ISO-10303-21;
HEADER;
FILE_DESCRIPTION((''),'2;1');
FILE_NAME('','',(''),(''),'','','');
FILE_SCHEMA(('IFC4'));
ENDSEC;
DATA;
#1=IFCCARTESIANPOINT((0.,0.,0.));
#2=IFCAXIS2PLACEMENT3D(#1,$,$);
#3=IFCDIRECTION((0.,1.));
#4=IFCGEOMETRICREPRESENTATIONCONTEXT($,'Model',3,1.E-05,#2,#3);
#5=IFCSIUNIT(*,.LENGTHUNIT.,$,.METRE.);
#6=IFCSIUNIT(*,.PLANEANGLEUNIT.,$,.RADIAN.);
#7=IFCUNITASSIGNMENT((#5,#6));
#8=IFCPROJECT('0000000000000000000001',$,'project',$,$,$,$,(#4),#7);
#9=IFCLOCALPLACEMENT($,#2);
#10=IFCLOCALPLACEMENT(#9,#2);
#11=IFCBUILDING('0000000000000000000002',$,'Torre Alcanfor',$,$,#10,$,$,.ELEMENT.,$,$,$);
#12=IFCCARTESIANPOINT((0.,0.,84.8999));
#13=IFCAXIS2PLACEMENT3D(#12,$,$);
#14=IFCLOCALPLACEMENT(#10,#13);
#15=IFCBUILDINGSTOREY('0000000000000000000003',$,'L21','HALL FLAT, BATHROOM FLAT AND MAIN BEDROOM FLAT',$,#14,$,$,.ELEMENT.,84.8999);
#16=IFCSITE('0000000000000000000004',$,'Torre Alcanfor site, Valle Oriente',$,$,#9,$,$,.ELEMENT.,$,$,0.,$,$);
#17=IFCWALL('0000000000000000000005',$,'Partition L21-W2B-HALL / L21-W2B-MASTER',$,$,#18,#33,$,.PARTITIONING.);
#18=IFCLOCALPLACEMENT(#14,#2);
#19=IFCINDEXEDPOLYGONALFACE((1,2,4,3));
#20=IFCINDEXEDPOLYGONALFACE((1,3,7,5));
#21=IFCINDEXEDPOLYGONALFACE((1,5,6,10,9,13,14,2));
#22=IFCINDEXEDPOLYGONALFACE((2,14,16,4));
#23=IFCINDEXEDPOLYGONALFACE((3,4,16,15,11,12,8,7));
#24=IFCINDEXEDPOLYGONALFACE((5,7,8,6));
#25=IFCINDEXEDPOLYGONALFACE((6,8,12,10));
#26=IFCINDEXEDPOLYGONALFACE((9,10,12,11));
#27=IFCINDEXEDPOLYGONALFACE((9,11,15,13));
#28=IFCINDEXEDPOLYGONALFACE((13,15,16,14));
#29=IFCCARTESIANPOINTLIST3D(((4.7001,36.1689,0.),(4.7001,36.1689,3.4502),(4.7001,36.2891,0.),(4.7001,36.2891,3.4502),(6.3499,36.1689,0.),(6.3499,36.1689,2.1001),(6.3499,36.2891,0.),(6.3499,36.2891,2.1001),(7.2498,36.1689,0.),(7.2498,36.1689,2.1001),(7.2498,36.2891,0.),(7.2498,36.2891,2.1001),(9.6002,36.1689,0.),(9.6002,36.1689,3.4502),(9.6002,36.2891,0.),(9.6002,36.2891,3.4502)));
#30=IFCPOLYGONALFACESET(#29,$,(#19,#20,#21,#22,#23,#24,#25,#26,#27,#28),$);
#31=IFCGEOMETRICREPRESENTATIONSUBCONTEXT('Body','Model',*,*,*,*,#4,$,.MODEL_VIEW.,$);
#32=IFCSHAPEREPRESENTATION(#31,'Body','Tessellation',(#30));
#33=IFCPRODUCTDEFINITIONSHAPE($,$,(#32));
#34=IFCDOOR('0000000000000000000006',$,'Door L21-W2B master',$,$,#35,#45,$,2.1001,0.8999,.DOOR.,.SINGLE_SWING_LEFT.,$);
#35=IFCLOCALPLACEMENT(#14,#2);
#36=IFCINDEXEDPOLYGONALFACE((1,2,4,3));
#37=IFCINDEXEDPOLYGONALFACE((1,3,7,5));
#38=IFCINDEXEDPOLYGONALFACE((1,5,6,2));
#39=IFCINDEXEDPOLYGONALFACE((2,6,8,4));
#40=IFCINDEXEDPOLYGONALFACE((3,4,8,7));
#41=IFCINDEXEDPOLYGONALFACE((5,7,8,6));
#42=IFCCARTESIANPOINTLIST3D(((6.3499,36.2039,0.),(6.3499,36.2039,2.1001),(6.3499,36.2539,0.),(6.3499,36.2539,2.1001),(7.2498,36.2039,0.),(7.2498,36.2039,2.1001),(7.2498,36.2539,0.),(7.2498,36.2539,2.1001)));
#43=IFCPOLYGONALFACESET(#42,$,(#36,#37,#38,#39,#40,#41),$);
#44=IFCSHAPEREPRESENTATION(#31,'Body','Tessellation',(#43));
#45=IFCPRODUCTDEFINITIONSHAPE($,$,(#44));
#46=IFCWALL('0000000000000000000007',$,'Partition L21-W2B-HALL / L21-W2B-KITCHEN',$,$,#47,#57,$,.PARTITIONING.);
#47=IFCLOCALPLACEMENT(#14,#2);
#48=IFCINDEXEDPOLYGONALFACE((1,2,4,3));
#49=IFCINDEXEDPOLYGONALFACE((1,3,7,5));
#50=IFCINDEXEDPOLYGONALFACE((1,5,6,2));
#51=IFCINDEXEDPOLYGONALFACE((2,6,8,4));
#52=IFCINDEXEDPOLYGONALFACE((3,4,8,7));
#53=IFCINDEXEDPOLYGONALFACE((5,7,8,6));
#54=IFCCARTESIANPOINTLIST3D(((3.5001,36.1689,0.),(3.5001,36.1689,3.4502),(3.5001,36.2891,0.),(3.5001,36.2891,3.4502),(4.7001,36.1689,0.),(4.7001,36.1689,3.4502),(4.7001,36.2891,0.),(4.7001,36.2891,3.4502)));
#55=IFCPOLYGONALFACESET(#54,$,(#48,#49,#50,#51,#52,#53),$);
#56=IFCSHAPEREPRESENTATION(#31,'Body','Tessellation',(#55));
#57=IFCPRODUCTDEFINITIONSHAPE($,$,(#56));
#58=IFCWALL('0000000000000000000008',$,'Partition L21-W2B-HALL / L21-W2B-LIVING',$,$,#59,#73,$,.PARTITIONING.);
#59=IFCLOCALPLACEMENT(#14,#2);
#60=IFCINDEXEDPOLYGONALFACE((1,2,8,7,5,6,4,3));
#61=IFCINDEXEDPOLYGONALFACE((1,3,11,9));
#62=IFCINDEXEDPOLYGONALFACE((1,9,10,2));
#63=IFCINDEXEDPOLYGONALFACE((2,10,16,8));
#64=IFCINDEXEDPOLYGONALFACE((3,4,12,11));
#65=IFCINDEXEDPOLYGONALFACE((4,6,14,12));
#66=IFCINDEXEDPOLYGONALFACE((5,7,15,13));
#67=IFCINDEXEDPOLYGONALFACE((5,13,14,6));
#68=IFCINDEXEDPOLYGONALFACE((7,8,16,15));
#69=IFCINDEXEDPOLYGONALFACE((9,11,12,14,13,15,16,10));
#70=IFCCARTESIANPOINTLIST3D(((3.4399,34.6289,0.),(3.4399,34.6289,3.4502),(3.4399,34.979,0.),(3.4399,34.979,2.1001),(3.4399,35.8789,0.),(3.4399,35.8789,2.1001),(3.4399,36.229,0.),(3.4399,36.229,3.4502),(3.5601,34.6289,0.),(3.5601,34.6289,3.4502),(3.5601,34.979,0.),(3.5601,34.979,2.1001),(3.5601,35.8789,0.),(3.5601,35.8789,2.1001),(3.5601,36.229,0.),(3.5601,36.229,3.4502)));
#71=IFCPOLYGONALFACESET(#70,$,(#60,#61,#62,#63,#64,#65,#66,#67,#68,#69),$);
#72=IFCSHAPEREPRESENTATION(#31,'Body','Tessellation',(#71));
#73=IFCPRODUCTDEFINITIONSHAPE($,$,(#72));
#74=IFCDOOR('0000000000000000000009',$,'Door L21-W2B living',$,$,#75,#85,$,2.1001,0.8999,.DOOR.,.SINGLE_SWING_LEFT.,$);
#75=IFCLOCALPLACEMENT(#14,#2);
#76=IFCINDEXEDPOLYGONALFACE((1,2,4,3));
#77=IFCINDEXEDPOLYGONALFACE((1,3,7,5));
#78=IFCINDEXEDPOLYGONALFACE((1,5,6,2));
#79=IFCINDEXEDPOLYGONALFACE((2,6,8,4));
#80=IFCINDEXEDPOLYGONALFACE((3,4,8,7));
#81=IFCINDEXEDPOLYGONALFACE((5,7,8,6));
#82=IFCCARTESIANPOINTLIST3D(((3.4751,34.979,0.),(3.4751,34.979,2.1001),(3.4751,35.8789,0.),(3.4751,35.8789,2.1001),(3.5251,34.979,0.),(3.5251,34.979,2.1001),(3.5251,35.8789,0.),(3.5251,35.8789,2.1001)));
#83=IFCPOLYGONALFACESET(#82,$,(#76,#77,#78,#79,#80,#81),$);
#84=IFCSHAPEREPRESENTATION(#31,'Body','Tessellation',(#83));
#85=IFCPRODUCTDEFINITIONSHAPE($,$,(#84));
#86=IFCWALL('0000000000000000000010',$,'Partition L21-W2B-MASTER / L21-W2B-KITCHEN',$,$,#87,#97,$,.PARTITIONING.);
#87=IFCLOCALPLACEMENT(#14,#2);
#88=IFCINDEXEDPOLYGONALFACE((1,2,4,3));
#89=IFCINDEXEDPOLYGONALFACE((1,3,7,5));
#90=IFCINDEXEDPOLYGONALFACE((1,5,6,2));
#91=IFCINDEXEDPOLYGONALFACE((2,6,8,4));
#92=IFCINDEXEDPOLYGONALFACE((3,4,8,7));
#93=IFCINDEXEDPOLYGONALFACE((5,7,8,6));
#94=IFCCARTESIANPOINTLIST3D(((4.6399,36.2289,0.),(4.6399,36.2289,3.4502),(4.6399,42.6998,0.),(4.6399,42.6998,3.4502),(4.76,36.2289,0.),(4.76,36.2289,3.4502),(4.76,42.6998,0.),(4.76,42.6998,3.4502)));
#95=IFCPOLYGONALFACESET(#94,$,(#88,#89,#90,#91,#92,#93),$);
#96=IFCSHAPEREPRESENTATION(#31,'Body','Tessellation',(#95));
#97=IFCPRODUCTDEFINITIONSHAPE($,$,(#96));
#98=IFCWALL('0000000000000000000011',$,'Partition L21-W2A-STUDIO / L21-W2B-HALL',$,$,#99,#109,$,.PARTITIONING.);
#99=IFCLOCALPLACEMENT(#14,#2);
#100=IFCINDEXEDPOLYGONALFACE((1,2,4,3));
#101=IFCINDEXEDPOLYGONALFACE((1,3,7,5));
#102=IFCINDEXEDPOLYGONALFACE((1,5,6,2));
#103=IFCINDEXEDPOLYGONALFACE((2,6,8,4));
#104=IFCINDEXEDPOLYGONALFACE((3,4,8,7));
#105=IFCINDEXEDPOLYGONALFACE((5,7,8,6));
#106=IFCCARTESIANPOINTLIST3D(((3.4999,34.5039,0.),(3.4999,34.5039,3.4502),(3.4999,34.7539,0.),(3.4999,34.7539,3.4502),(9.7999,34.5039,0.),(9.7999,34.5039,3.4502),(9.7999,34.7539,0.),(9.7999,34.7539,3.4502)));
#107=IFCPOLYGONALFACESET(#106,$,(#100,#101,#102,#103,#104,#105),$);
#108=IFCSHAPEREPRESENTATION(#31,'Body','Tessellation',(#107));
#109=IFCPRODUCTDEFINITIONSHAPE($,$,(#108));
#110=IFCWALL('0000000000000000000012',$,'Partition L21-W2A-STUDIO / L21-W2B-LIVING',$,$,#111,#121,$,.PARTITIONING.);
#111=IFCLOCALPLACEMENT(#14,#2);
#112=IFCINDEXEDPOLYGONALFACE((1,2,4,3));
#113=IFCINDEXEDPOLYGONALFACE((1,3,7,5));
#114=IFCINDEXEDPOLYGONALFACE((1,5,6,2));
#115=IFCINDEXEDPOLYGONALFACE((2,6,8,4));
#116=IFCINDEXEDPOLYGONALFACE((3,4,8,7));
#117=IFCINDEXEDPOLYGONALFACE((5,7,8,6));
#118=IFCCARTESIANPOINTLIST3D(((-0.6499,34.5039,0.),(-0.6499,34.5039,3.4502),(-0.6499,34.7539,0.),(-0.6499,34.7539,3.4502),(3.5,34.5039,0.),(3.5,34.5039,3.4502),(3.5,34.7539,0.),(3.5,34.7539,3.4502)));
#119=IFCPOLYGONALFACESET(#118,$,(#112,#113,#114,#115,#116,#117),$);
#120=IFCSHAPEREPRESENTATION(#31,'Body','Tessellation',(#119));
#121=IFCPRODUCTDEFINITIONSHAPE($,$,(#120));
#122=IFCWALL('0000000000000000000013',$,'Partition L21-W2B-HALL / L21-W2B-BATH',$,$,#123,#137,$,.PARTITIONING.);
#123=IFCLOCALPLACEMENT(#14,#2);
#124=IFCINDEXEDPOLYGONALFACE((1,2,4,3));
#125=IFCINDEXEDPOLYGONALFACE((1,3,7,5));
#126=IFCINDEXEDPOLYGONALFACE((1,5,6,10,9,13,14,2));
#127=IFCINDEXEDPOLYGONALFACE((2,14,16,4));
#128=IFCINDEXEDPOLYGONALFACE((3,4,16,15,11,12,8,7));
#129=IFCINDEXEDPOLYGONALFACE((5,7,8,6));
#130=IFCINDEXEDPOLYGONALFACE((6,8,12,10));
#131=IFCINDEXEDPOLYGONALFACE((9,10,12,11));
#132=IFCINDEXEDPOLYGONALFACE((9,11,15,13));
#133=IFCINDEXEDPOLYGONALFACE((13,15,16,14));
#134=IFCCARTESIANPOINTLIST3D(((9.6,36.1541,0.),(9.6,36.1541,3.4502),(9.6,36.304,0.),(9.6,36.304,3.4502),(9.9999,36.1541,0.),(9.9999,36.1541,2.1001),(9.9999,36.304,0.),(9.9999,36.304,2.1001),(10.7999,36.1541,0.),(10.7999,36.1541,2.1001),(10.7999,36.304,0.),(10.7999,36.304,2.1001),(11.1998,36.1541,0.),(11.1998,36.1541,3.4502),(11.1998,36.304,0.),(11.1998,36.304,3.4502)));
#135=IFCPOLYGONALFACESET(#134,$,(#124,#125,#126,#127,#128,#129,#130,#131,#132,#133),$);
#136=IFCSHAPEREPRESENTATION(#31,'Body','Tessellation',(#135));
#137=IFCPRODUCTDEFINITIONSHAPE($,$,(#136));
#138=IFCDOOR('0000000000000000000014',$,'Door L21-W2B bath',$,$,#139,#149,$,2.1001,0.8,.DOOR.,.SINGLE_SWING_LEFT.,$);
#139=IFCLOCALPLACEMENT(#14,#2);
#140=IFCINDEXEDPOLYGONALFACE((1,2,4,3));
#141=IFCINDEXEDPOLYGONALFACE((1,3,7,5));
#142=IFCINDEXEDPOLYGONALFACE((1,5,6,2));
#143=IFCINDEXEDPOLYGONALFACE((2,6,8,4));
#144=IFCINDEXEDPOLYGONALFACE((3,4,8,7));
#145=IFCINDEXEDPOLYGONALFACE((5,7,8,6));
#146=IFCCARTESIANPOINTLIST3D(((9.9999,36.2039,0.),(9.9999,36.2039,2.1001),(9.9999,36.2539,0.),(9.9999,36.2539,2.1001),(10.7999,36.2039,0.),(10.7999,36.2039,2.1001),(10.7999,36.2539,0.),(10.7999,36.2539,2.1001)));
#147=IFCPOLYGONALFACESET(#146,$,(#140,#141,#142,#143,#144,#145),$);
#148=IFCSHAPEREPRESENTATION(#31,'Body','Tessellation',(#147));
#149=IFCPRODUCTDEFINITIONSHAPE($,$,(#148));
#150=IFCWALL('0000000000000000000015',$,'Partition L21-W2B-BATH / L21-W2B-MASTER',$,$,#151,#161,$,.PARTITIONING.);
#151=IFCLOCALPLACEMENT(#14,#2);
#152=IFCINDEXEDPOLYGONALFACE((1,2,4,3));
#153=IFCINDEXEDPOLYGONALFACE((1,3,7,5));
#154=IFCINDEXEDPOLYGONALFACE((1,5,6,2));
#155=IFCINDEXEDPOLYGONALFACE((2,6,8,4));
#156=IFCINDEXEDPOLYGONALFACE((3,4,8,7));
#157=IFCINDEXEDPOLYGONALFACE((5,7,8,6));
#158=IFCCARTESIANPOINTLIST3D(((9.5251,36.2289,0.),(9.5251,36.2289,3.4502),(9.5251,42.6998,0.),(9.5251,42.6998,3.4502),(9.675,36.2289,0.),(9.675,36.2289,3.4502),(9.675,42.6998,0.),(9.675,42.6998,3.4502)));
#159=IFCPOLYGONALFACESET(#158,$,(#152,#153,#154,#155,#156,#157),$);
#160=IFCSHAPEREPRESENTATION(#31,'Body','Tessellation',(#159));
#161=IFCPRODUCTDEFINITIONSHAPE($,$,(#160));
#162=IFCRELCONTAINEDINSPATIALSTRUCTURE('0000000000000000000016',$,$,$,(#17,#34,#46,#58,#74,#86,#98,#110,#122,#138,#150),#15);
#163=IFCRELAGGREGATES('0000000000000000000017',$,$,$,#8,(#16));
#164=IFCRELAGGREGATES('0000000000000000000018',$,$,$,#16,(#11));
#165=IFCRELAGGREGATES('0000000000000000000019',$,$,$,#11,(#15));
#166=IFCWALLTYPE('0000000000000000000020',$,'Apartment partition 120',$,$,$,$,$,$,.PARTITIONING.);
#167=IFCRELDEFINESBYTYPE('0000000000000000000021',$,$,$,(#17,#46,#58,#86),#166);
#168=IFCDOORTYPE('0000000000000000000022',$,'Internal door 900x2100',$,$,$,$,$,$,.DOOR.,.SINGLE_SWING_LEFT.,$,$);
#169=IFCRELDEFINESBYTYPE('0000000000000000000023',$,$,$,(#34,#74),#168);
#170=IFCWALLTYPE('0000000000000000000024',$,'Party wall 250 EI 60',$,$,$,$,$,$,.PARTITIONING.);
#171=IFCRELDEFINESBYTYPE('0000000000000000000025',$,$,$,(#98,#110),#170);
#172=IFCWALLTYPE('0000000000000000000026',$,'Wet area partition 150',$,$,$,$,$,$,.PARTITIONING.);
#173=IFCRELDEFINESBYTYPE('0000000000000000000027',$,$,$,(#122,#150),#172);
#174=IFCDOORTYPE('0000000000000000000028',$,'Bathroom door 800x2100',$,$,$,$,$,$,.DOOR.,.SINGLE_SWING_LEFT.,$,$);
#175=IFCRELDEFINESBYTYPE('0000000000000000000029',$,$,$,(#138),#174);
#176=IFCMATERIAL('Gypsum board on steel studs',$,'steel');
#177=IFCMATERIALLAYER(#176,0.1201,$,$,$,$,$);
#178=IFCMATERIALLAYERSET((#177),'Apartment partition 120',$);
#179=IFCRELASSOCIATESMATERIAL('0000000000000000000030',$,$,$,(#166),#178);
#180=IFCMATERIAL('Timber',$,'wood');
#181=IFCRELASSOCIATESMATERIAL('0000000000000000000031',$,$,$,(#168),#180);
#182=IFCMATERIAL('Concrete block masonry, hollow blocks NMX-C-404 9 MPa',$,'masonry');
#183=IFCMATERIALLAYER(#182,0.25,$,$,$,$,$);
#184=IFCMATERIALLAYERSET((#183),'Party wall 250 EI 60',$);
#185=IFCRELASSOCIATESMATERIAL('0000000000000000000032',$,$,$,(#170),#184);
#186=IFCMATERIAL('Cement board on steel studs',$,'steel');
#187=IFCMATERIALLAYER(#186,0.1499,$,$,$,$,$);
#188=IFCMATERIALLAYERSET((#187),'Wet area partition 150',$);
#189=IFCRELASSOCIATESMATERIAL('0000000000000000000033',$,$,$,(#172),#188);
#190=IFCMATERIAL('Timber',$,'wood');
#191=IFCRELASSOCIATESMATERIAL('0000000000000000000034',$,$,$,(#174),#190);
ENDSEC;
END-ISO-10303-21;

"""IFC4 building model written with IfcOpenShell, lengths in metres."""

from ifc_helpers import new_model, si_unit, direction, frame, frame_2d, origin, place, context, subcontext, project, spatial, rectangle, extrude, material, layer, layer_set, type_object, element, fill, save


model = new_model("IFC4")

# Units and contexts
model_context = context("Model", 3, precision=1e-05, world=origin(), true_north=direction((0.0, 1.0)))
body_context = subcontext(model_context, "Body", "Model", "MODEL_VIEW")
ifc_project = project(units=[si_unit("LENGTHUNIT", "METRE"), si_unit("PLANEANGLEUNIT", "RADIAN")], contexts=[model_context])

# Site, building, storey
site_placement = place(None, origin())
site = spatial("IfcSite", under=ifc_project, at=site_placement, Name="Torre Alcanfor site, Valle Oriente", CompositionType="ELEMENT", RefElevation=0.0)
building_placement = place(site_placement, origin())
building = spatial("IfcBuilding", under=site, at=building_placement, Name="Torre Alcanfor", CompositionType="ELEMENT")
storey_placement = place(building_placement, frame((0.0, 0.0, 84.8999)))
storey = spatial("IfcBuildingStorey", under=building, at=storey_placement, Name="L21", Description="HALL FLAT, BATHROOM FLAT AND MAIN BEDROOM FLAT", CompositionType="ELEMENT", Elevation=84.8999)

# Wall, opening, door
ifc_material_1 = material(Name="Gypsum board on steel studs", Category="steel")
ifc_layer_1 = layer(ifc_material_1, 0.1201)
ifc_layer_set_1 = layer_set([ifc_layer_1], Name="Apartment partition 120")
wall_type_1 = type_object("IfcWallType", Name="Apartment partition 120", PredefinedType="PARTITIONING", material=ifc_layer_set_1)
wall_1_placement = place(storey_placement, frame((4.7, 36.229, 0.0), z_axis=(0.0, 0.0, 1.0), x_axis=(1.0, 0.0, 0.0)))
wall_1 = element("IfcWall", 1, at=wall_1_placement, inside=storey, type_object=wall_type_1, Name="Partition L21-W2B-HALL / L21-W2B-MASTER", PredefinedType="PARTITIONING", context=body_context, shape_type="SweptSolid", body=[
    extrude(rectangle(XDim=4.9001, YDim=0.1201, at=frame_2d((2.4502, 0.0))), origin(), (0.0, 0.0, 1.0), 3.4502),
])
opening_1_placement = place(wall_1_placement, frame((1.6499, 0.0, 0.0)))
opening_1 = element("IfcOpeningElement", 2, at=opening_1_placement, cuts=wall_1, PredefinedType="OPENING", context=body_context, shape_type="SweptSolid", body=[
    extrude(rectangle(XDim=0.8999, YDim=2.1001, at=frame_2d((0.45, 1.05))), frame((0.0, 0.0701, 0.0), z_axis=(0.0, -1.0, 0.0), x_axis=(1.0, 0.0, 0.0)), (0.0, 0.0, 1.0), 0.1401),
])
ifc_material_2 = material(Name="Timber", Category="wood")
door_type_1 = type_object("IfcDoorType", Name="Internal door 900x2100", OperationType="SINGLE_SWING_LEFT", PredefinedType="DOOR", material=ifc_material_2)
door_1_placement = place(opening_1_placement, origin())
door_1 = element("IfcDoor", 3, at=door_1_placement, inside=storey, type_object=door_type_1, Name="Door L21-W2B master", OperationType="SINGLE_SWING_LEFT", OverallHeight=2.1001, OverallWidth=0.8999, PredefinedType="DOOR", context=body_context, shape_type="SweptSolid", body=[
    extrude(rectangle(XDim=0.8999, YDim=2.1001, at=frame_2d((0.45, 1.05))), frame((0.0, 0.0249, 0.0), z_axis=(0.0, -1.0, 0.0), x_axis=(1.0, 0.0, 0.0)), (0.0, 0.0, 1.0), 0.05),
])
fill(opening_1, door_1)

# Wall
wall_2_placement = place(storey_placement, frame((3.5, 36.229, 0.0), z_axis=(0.0, 0.0, 1.0), x_axis=(1.0, 0.0, 0.0)))
element("IfcWall", 4, at=wall_2_placement, inside=storey, type_object=wall_type_1, Name="Partition L21-W2B-HALL / L21-W2B-KITCHEN", PredefinedType="PARTITIONING", context=body_context, shape_type="SweptSolid", body=[
    extrude(rectangle(XDim=1.2, YDim=0.1201, at=frame_2d((0.6001, 0.0))), origin(), (0.0, 0.0, 1.0), 3.4502),
])

# Wall, opening, door
wall_3_placement = place(storey_placement, frame((3.5, 34.6289, 0.0), z_axis=(0.0, 0.0, 1.0), x_axis=(0.0, 1.0, 0.0)))
wall_3 = element("IfcWall", 5, at=wall_3_placement, inside=storey, type_object=wall_type_1, Name="Partition L21-W2B-HALL / L21-W2B-LIVING", PredefinedType="PARTITIONING", context=body_context, shape_type="SweptSolid", body=[
    extrude(rectangle(XDim=1.6001, YDim=0.1201, at=frame_2d((0.8, 0.0))), origin(), (0.0, 0.0, 1.0), 3.4502),
])
opening_2_placement = place(wall_3_placement, frame((0.3501, 0.0, 0.0)))
opening_2 = element("IfcOpeningElement", 6, at=opening_2_placement, cuts=wall_3, PredefinedType="OPENING", context=body_context, shape_type="SweptSolid", body=[
    extrude(rectangle(XDim=0.8999, YDim=2.1001, at=frame_2d((0.45, 1.05))), frame((0.0, 0.0701, 0.0), z_axis=(0.0, -1.0, 0.0), x_axis=(1.0, 0.0, 0.0)), (0.0, 0.0, 1.0), 0.1401),
])
door_2_placement = place(opening_2_placement, origin())
door_2 = element("IfcDoor", 7, at=door_2_placement, inside=storey, type_object=door_type_1, Name="Door L21-W2B living", OperationType="SINGLE_SWING_LEFT", OverallHeight=2.1001, OverallWidth=0.8999, PredefinedType="DOOR", context=body_context, shape_type="SweptSolid", body=[
    extrude(rectangle(XDim=0.8999, YDim=2.1001, at=frame_2d((0.45, 1.05))), frame((0.0, 0.0249, 0.0), z_axis=(0.0, -1.0, 0.0), x_axis=(1.0, 0.0, 0.0)), (0.0, 0.0, 1.0), 0.05),
])
fill(opening_2, door_2)

# Walls
wall_4_placement = place(storey_placement, frame((4.7, 36.229, 0.0), z_axis=(0.0, 0.0, 1.0), x_axis=(0.0, 1.0, 0.0)))
element("IfcWall", 8, at=wall_4_placement, inside=storey, type_object=wall_type_1, Name="Partition L21-W2B-MASTER / L21-W2B-KITCHEN", PredefinedType="PARTITIONING", context=body_context, shape_type="SweptSolid", body=[
    extrude(rectangle(XDim=6.4709, YDim=0.1201, at=frame_2d((3.2354, 0.0))), origin(), (0.0, 0.0, 1.0), 3.4502),
])
ifc_material_3 = material(Name="Concrete block masonry, hollow blocks NMX-C-404 9 MPa", Category="masonry")
ifc_layer_2 = layer(ifc_material_3, 0.25)
ifc_layer_set_2 = layer_set([ifc_layer_2], Name="Party wall 250 EI 60")
wall_type_2 = type_object("IfcWallType", Name="Party wall 250 EI 60", PredefinedType="PARTITIONING", material=ifc_layer_set_2)
wall_5_placement = place(storey_placement, frame((3.5, 34.6289, 0.0), z_axis=(0.0, 0.0, 1.0), x_axis=(1.0, 0.0, 0.0)))
element("IfcWall", 9, at=wall_5_placement, inside=storey, type_object=wall_type_2, Name="Partition L21-W2A-STUDIO / L21-W2B-HALL", PredefinedType="PARTITIONING", context=body_context, shape_type="SweptSolid", body=[
    extrude(rectangle(XDim=6.3, YDim=0.25, at=frame_2d((3.1499, 0.0))), origin(), (0.0, 0.0, 1.0), 3.4502),
])
wall_6_placement = place(storey_placement, frame((-0.6499, 34.6289, 0.0), z_axis=(0.0, 0.0, 1.0), x_axis=(1.0, 0.0, 0.0)))
element("IfcWall", 10, at=wall_6_placement, inside=storey, type_object=wall_type_2, Name="Partition L21-W2A-STUDIO / L21-W2B-LIVING", PredefinedType="PARTITIONING", context=body_context, shape_type="SweptSolid", body=[
    extrude(rectangle(XDim=4.1499, YDim=0.25, at=frame_2d((2.075, 0.0))), origin(), (0.0, 0.0, 1.0), 3.4502),
])

# Wall, opening, door
ifc_material_4 = material(Name="Cement board on steel studs", Category="steel")
ifc_layer_3 = layer(ifc_material_4, 0.1499)
ifc_layer_set_3 = layer_set([ifc_layer_3], Name="Wet area partition 150")
wall_type_3 = type_object("IfcWallType", Name="Wet area partition 150", PredefinedType="PARTITIONING", material=ifc_layer_set_3)
wall_7_placement = place(storey_placement, frame((9.6001, 36.229, 0.0), z_axis=(0.0, 0.0, 1.0), x_axis=(1.0, 0.0, 0.0)))
wall_7 = element("IfcWall", 11, at=wall_7_placement, inside=storey, type_object=wall_type_3, Name="Partition L21-W2B-HALL / L21-W2B-BATH", PredefinedType="PARTITIONING", context=body_context, shape_type="SweptSolid", body=[
    extrude(rectangle(XDim=1.5999, YDim=0.1499, at=frame_2d((0.7998, 0.0))), origin(), (0.0, 0.0, 1.0), 3.4502),
])
opening_3_placement = place(wall_7_placement, frame((0.3999, 0.0, 0.0)))
opening_3 = element("IfcOpeningElement", 12, at=opening_3_placement, cuts=wall_7, PredefinedType="OPENING", context=body_context, shape_type="SweptSolid", body=[
    extrude(rectangle(XDim=0.8, YDim=2.1001, at=frame_2d((0.3999, 1.05))), frame((0.0, 0.085, 0.0), z_axis=(0.0, -1.0, 0.0), x_axis=(1.0, 0.0, 0.0)), (0.0, 0.0, 1.0), 0.1699),
])
ifc_material_5 = material(Name="Timber", Category="wood")
door_type_2 = type_object("IfcDoorType", Name="Bathroom door 800x2100", OperationType="SINGLE_SWING_LEFT", PredefinedType="DOOR", material=ifc_material_5)
door_3_placement = place(opening_3_placement, origin())
door_3 = element("IfcDoor", 13, at=door_3_placement, inside=storey, type_object=door_type_2, Name="Door L21-W2B bath", OperationType="SINGLE_SWING_LEFT", OverallHeight=2.1001, OverallWidth=0.8, PredefinedType="DOOR", context=body_context, shape_type="SweptSolid", body=[
    extrude(rectangle(XDim=0.8, YDim=2.1001, at=frame_2d((0.3999, 1.05))), frame((0.0, 0.0249, 0.0), z_axis=(0.0, -1.0, 0.0), x_axis=(1.0, 0.0, 0.0)), (0.0, 0.0, 1.0), 0.05),
])
fill(opening_3, door_3)

# Wall
wall_8_placement = place(storey_placement, frame((9.6001, 36.229, 0.0), z_axis=(0.0, 0.0, 1.0), x_axis=(0.0, 1.0, 0.0)))
element("IfcWall", 14, at=wall_8_placement, inside=storey, type_object=wall_type_3, Name="Partition L21-W2B-BATH / L21-W2B-MASTER", PredefinedType="PARTITIONING", context=body_context, shape_type="SweptSolid", body=[
    extrude(rectangle(XDim=6.4709, YDim=0.1499, at=frame_2d((3.2354, 0.0))), origin(), (0.0, 0.0, 1.0), 3.4502),
])

save(model, "model.ifc")
